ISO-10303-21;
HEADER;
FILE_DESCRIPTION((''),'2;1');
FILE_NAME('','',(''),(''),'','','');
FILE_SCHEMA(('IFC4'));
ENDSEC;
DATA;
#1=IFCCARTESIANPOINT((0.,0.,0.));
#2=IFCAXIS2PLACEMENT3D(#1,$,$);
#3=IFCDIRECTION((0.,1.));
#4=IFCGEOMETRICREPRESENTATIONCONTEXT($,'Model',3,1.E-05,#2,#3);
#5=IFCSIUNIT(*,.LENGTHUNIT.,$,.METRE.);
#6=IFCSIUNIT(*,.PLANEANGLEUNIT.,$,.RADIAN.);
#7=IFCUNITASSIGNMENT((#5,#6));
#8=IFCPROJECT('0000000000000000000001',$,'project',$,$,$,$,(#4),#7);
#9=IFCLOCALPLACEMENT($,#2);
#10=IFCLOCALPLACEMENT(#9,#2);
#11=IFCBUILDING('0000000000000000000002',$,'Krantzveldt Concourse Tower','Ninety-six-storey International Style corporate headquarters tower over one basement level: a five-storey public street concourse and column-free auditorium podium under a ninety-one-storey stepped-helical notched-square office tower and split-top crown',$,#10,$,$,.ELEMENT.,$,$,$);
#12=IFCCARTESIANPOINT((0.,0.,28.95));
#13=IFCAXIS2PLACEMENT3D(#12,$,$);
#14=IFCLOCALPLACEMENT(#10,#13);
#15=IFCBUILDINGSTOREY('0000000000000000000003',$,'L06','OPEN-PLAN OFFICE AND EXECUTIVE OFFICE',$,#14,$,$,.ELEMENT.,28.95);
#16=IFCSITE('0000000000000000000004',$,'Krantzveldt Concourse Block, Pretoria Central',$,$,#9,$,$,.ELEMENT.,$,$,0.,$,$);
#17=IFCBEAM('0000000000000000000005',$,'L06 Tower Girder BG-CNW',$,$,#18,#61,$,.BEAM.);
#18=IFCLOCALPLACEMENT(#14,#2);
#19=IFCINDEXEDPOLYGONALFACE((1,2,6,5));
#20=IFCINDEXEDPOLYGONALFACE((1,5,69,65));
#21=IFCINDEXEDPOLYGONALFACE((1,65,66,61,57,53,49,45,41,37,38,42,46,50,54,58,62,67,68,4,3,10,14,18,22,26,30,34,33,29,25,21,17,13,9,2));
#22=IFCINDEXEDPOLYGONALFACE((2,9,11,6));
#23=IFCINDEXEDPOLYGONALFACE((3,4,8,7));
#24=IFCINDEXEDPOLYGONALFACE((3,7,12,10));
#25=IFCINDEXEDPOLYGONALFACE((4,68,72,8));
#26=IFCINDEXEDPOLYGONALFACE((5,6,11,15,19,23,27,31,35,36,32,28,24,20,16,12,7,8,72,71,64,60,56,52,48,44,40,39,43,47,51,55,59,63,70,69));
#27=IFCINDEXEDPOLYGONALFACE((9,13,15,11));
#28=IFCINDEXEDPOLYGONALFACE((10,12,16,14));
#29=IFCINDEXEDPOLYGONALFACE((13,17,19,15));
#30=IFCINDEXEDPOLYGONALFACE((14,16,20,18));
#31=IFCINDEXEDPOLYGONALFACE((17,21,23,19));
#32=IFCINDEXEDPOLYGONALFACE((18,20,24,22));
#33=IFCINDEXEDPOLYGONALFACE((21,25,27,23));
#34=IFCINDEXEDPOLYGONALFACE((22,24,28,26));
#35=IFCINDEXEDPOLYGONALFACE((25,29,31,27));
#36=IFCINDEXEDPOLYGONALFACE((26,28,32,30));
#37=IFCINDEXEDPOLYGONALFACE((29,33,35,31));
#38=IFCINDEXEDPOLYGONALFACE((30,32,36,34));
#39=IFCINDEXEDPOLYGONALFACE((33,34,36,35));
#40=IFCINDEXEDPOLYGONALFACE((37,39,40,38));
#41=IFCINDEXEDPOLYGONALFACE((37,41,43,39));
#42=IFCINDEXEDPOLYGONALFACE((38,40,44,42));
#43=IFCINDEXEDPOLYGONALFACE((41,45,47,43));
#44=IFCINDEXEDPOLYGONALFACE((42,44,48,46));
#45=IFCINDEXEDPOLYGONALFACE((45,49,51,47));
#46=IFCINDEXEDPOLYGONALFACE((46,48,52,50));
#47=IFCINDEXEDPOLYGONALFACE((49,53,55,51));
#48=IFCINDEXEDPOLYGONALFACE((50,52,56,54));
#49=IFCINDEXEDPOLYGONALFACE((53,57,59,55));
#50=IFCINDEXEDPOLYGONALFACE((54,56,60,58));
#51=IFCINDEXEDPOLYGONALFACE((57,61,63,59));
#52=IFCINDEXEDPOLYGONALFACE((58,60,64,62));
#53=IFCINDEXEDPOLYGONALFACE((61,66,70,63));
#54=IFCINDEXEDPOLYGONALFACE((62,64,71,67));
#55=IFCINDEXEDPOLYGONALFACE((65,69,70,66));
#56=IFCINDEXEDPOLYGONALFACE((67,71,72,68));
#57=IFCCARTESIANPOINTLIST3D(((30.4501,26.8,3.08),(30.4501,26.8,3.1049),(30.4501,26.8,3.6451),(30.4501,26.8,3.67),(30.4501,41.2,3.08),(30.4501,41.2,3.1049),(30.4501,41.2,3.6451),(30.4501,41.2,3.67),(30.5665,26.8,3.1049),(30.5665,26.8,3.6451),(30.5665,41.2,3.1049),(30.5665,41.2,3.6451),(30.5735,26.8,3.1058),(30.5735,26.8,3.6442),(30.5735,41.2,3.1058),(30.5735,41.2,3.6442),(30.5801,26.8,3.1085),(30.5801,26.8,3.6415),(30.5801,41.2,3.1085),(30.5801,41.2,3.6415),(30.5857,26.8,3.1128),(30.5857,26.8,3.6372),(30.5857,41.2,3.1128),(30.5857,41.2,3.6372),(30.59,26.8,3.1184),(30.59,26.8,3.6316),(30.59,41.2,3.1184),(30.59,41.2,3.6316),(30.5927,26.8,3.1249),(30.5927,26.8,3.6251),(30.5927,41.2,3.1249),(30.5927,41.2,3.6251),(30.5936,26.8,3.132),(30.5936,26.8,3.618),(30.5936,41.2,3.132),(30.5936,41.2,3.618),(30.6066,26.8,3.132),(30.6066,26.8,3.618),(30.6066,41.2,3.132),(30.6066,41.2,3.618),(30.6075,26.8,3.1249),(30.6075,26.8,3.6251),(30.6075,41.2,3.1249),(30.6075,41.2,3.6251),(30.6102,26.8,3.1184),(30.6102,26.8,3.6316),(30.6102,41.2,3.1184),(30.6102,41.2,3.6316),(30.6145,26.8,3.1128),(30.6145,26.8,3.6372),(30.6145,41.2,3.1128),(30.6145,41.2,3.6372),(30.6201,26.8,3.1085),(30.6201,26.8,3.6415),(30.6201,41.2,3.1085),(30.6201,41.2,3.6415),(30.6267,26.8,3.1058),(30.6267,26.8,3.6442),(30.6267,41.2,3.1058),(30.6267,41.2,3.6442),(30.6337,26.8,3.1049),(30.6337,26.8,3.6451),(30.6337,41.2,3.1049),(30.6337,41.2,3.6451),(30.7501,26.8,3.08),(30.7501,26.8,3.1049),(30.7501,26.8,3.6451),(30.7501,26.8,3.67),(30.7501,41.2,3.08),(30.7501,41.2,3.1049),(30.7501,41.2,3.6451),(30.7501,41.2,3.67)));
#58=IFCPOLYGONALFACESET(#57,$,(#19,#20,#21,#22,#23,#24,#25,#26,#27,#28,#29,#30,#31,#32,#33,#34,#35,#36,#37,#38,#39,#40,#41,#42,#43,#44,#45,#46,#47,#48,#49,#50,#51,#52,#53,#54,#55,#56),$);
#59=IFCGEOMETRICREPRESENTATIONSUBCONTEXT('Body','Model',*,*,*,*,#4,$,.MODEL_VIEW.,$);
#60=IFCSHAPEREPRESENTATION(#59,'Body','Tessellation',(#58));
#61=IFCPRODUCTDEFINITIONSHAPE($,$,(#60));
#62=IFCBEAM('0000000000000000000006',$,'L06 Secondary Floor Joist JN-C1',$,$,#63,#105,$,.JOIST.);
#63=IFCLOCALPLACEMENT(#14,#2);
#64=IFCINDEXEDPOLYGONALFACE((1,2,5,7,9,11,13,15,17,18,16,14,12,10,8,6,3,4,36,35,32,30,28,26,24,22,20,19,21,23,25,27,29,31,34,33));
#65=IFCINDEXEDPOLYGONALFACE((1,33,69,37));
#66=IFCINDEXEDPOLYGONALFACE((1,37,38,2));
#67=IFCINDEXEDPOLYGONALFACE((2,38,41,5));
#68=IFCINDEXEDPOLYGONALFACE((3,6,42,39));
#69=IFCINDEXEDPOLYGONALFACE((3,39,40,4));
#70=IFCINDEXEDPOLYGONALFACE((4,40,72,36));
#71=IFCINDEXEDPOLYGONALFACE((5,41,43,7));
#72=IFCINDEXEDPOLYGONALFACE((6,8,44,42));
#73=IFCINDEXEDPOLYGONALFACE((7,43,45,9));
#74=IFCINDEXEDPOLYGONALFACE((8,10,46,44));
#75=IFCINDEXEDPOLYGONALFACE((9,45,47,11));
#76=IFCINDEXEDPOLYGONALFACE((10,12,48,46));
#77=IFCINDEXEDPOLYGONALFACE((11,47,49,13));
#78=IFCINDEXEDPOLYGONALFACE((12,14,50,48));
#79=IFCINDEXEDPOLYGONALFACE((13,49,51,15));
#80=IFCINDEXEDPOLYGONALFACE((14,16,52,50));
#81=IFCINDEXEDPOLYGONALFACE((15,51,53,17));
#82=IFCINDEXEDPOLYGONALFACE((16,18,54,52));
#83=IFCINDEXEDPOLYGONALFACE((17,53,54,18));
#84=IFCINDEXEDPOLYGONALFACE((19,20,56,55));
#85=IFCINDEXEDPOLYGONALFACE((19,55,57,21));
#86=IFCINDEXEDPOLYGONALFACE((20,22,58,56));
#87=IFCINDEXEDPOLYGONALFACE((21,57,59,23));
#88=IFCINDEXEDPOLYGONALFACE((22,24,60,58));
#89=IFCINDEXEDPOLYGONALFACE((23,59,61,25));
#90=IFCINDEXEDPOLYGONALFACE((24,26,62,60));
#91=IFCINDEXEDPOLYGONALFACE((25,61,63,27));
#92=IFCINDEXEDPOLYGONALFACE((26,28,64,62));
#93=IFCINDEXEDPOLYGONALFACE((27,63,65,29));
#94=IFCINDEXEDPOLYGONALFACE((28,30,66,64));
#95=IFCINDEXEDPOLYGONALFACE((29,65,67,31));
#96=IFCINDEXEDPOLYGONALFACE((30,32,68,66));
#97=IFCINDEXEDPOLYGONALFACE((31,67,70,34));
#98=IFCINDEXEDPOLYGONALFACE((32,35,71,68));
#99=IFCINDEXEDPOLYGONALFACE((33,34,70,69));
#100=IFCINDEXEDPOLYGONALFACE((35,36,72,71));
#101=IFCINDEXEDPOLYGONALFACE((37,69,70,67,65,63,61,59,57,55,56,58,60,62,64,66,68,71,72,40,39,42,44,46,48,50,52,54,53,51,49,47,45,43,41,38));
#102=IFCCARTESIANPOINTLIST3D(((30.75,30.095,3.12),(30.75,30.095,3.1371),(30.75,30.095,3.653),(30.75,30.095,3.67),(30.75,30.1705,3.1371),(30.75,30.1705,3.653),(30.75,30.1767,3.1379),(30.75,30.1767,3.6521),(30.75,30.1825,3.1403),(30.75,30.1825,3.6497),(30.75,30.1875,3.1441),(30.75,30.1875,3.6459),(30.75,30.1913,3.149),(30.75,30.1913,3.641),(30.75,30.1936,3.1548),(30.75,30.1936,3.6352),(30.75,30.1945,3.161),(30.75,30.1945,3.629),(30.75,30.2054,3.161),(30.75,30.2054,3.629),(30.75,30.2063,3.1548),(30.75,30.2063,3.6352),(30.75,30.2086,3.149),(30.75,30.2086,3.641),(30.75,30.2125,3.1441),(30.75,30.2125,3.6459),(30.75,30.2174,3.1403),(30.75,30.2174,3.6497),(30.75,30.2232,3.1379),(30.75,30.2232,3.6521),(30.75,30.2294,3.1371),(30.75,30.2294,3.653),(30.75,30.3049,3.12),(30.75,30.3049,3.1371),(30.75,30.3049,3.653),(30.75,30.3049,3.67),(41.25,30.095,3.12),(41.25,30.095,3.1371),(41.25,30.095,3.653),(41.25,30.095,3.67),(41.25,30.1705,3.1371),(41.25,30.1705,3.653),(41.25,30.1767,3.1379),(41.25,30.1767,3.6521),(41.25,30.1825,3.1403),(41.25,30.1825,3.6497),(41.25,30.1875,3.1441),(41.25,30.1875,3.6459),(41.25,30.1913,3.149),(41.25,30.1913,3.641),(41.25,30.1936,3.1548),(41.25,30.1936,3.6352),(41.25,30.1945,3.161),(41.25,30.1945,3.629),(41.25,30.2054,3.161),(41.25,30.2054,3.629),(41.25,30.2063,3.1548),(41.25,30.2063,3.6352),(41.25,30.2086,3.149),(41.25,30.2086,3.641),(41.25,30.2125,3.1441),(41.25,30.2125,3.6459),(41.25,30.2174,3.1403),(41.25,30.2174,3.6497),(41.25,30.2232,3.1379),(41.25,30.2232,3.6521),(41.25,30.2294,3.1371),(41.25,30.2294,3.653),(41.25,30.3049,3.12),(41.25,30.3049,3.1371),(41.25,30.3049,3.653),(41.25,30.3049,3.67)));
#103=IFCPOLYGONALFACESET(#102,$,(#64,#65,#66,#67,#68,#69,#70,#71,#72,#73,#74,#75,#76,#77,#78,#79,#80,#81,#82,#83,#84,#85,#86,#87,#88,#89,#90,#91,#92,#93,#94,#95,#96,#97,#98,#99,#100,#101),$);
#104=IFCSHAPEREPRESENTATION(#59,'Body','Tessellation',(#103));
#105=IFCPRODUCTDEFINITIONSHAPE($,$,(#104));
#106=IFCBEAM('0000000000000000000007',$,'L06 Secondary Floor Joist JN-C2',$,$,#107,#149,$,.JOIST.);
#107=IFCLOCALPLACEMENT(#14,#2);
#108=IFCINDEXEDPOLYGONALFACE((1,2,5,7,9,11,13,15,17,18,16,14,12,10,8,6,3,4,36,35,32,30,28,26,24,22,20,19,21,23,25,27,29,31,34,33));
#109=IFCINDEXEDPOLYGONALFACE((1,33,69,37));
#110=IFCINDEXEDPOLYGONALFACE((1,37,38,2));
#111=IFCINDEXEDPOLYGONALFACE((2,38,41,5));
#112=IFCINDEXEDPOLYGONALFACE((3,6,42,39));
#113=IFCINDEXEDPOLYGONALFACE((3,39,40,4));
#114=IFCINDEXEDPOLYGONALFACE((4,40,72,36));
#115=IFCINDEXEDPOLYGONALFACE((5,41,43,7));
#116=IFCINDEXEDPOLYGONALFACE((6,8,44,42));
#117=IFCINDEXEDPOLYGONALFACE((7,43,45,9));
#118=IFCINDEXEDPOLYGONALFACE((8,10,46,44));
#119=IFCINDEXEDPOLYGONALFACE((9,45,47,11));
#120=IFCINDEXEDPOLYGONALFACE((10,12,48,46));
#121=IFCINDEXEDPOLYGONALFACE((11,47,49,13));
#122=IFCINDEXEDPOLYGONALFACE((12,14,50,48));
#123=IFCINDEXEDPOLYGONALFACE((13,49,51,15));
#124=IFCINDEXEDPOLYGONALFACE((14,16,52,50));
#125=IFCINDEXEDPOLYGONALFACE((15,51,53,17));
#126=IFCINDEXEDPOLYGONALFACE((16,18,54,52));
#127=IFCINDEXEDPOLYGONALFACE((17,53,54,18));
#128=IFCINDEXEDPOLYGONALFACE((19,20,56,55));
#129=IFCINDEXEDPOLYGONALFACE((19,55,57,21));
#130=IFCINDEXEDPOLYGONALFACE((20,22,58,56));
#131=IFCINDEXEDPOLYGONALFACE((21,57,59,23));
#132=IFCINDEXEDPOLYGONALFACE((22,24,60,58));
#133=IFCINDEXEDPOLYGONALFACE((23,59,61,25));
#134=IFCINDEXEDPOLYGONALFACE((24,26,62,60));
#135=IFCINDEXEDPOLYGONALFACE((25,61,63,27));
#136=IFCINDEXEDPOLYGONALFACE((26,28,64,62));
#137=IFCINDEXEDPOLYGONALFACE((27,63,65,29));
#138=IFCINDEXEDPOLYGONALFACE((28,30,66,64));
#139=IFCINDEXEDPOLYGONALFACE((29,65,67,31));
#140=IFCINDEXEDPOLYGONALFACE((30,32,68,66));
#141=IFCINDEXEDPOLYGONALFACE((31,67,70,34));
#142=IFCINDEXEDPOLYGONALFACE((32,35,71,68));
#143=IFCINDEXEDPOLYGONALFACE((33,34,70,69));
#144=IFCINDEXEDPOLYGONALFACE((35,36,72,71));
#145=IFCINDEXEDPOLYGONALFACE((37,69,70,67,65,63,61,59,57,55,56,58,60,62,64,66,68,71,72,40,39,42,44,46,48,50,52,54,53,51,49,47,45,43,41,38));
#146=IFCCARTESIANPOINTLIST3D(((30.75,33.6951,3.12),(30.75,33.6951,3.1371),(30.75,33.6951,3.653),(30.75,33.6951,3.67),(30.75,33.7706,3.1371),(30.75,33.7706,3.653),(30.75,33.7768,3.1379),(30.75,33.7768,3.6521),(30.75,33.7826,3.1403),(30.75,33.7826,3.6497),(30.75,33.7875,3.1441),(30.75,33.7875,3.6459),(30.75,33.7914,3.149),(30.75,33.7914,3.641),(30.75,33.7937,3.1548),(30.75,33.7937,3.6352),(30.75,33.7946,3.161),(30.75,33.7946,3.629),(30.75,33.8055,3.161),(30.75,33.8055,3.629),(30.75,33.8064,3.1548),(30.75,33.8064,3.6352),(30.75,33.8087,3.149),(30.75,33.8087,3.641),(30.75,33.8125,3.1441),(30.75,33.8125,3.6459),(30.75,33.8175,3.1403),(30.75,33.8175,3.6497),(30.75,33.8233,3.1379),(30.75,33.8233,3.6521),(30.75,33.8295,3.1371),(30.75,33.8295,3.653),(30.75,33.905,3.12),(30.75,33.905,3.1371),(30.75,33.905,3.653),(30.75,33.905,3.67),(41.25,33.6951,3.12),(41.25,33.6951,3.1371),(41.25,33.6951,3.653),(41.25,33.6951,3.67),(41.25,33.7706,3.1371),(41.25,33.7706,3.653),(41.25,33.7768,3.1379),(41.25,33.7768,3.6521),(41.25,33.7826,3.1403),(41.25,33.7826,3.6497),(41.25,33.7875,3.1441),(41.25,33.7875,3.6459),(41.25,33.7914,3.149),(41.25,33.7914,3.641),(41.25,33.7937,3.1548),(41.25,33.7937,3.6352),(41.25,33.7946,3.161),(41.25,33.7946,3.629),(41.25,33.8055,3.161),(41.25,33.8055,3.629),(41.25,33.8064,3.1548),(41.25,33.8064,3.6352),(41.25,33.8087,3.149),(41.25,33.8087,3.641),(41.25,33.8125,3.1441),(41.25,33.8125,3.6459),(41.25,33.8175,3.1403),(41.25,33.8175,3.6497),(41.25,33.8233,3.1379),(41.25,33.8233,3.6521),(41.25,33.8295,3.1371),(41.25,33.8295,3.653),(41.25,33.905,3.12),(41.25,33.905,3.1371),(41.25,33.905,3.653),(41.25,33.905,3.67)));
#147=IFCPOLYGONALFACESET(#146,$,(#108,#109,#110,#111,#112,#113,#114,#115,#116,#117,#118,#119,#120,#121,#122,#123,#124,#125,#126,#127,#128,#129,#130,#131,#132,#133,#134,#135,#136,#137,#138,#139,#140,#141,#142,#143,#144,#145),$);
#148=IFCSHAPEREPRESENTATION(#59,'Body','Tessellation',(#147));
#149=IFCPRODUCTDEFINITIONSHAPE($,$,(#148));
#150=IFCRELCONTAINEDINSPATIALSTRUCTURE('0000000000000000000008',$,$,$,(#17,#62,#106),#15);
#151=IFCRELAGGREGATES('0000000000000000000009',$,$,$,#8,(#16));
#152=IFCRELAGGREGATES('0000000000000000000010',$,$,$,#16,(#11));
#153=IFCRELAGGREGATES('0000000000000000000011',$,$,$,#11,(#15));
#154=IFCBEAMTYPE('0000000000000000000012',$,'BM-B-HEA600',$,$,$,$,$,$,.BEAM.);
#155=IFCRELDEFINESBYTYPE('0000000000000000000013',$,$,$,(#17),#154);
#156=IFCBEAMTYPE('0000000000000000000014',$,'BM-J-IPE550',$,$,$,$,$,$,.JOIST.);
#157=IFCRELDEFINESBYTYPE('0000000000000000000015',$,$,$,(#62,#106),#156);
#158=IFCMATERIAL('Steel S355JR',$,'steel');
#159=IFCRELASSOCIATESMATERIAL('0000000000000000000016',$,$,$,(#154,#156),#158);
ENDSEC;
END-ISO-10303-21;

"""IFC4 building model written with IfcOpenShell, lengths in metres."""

from ifc_helpers import new_model, si_unit, direction, frame, origin, origin_2d, place, context, subcontext, project, spatial, i_section, extrude, source, transform, mapped, material, material_profile, profile_set, type_object, type_shapes, element, save


model = new_model("IFC4")

# Units and contexts
model_context = context("Model", 3, precision=1e-05, world=origin(), true_north=direction((0.0, 1.0)))
body_context = subcontext(model_context, "Body", "Model", "MODEL_VIEW")
ifc_project = project(units=[si_unit("LENGTHUNIT", "METRE"), si_unit("PLANEANGLEUNIT", "RADIAN")], contexts=[model_context])

# Site, building, storey
site_placement = place(None, origin())
site = spatial("IfcSite", under=ifc_project, at=site_placement, Name="Krantzveldt Concourse Block, Pretoria Central", CompositionType="ELEMENT", RefElevation=0.0)
building_placement = place(site_placement, origin())
building = spatial("IfcBuilding", under=site, at=building_placement, Name="Krantzveldt Concourse Tower", Description="Ninety-six-storey International Style corporate headquarters tower over one basement level: a five-storey public street concourse and column-free auditorium podium under a ninety-one-storey stepped-helical notched-square office tower and split-top crown", CompositionType="ELEMENT")
storey_placement = place(building_placement, frame((0.0, 0.0, 28.95)))
storey = spatial("IfcBuildingStorey", under=building, at=storey_placement, Name="L06", Description="OPEN-PLAN OFFICE AND EXECUTIVE OFFICE", CompositionType="ELEMENT", Elevation=28.95)

# Beams
ifc_material_1 = material(Name="Steel S355JR", Category="steel")
ifc_material_profile_1 = material_profile(ifc_material_1, i_section(OverallWidth=0.3, OverallDepth=0.5901, WebThickness=0.0129, FlangeThickness=0.0249, FilletRadius=0.0271, at=origin_2d()), Name="Steel S355JR", Category="steel")
ifc_profile_set_1 = profile_set([ifc_material_profile_1], Name="Steel S355JR - HEA 600")
beam_type_1 = type_object("IfcBeamType", Name="BM-B-HEA600", PredefinedType="BEAM", material=ifc_profile_set_1)
shared_shape_1 = source(origin(), body_context, "Body", "SweptSolid", [
    extrude(i_section(OverallWidth=0.3, OverallDepth=0.5901, WebThickness=0.0129, FlangeThickness=0.0249, FilletRadius=0.0271, at=origin_2d()), origin(), (0.0, 0.0, 1.0), 14.3999),
])
type_shapes(beam_type_1, [shared_shape_1])
beam_placement = place(storey_placement, frame((30.6001, 26.8, 3.375), z_axis=(0.0, 1.0, 0.0), x_axis=(-1.0, 0.0, 0.0)))
element("IfcBeam", 1, at=beam_placement, inside=storey, type_object=beam_type_1, Name="L06 Tower Girder BG-CNW", PredefinedType="BEAM", context=body_context, shape_type="MappedRepresentation", body=[
    mapped(shared_shape_1, transform((0.0, 0.0, 0.0), x_axis=(1.0, 0.0, 0.0), y_axis=(0.0, 1.0, 0.0), z_axis=(0.0, 0.0, 1.0), scale=1.0)),
])
ifc_material_profile_2 = material_profile(ifc_material_1, i_section(OverallWidth=0.21, OverallDepth=0.55, WebThickness=0.011, FlangeThickness=0.0171, FilletRadius=0.0239, at=origin_2d()), Name="Steel S355JR", Category="steel")
ifc_profile_set_2 = profile_set([ifc_material_profile_2], Name="Steel S355JR - IPE 550")
beam_type_2 = type_object("IfcBeamType", Name="BM-J-IPE550", PredefinedType="JOIST", material=ifc_profile_set_2)
shared_shape_2 = source(origin(), body_context, "Body", "SweptSolid", [
    extrude(i_section(OverallWidth=0.21, OverallDepth=0.55, WebThickness=0.011, FlangeThickness=0.0171, FilletRadius=0.0239, at=origin_2d()), origin(), (0.0, 0.0, 1.0), 10.5),
])
type_shapes(beam_type_2, [shared_shape_2])
for number, where, z_axis, x_axis, name in (
    (2, (30.75, 30.2, 3.395), (1.0, 0.0, 0.0), (0.0, 1.0, 0.0), "L06 Secondary Floor Joist JN-C1"),
    (3, (30.75, 33.8, 3.395), (1.0, 0.0, 0.0), (0.0, 1.0, 0.0), "L06 Secondary Floor Joist JN-C2"),
):
    element("IfcBeam", number, at=place(storey_placement, frame(where, z_axis=z_axis, x_axis=x_axis)), inside=storey, type_object=beam_type_2, Name=name, PredefinedType="JOIST", context=body_context, shape_type="MappedRepresentation", body=[
        mapped(shared_shape_2, transform((0.0, 0.0, 0.0), x_axis=(1.0, 0.0, 0.0), y_axis=(0.0, 1.0, 0.0), z_axis=(0.0, 0.0, 1.0), scale=1.0)),
    ])

save(model, "model.ifc")
